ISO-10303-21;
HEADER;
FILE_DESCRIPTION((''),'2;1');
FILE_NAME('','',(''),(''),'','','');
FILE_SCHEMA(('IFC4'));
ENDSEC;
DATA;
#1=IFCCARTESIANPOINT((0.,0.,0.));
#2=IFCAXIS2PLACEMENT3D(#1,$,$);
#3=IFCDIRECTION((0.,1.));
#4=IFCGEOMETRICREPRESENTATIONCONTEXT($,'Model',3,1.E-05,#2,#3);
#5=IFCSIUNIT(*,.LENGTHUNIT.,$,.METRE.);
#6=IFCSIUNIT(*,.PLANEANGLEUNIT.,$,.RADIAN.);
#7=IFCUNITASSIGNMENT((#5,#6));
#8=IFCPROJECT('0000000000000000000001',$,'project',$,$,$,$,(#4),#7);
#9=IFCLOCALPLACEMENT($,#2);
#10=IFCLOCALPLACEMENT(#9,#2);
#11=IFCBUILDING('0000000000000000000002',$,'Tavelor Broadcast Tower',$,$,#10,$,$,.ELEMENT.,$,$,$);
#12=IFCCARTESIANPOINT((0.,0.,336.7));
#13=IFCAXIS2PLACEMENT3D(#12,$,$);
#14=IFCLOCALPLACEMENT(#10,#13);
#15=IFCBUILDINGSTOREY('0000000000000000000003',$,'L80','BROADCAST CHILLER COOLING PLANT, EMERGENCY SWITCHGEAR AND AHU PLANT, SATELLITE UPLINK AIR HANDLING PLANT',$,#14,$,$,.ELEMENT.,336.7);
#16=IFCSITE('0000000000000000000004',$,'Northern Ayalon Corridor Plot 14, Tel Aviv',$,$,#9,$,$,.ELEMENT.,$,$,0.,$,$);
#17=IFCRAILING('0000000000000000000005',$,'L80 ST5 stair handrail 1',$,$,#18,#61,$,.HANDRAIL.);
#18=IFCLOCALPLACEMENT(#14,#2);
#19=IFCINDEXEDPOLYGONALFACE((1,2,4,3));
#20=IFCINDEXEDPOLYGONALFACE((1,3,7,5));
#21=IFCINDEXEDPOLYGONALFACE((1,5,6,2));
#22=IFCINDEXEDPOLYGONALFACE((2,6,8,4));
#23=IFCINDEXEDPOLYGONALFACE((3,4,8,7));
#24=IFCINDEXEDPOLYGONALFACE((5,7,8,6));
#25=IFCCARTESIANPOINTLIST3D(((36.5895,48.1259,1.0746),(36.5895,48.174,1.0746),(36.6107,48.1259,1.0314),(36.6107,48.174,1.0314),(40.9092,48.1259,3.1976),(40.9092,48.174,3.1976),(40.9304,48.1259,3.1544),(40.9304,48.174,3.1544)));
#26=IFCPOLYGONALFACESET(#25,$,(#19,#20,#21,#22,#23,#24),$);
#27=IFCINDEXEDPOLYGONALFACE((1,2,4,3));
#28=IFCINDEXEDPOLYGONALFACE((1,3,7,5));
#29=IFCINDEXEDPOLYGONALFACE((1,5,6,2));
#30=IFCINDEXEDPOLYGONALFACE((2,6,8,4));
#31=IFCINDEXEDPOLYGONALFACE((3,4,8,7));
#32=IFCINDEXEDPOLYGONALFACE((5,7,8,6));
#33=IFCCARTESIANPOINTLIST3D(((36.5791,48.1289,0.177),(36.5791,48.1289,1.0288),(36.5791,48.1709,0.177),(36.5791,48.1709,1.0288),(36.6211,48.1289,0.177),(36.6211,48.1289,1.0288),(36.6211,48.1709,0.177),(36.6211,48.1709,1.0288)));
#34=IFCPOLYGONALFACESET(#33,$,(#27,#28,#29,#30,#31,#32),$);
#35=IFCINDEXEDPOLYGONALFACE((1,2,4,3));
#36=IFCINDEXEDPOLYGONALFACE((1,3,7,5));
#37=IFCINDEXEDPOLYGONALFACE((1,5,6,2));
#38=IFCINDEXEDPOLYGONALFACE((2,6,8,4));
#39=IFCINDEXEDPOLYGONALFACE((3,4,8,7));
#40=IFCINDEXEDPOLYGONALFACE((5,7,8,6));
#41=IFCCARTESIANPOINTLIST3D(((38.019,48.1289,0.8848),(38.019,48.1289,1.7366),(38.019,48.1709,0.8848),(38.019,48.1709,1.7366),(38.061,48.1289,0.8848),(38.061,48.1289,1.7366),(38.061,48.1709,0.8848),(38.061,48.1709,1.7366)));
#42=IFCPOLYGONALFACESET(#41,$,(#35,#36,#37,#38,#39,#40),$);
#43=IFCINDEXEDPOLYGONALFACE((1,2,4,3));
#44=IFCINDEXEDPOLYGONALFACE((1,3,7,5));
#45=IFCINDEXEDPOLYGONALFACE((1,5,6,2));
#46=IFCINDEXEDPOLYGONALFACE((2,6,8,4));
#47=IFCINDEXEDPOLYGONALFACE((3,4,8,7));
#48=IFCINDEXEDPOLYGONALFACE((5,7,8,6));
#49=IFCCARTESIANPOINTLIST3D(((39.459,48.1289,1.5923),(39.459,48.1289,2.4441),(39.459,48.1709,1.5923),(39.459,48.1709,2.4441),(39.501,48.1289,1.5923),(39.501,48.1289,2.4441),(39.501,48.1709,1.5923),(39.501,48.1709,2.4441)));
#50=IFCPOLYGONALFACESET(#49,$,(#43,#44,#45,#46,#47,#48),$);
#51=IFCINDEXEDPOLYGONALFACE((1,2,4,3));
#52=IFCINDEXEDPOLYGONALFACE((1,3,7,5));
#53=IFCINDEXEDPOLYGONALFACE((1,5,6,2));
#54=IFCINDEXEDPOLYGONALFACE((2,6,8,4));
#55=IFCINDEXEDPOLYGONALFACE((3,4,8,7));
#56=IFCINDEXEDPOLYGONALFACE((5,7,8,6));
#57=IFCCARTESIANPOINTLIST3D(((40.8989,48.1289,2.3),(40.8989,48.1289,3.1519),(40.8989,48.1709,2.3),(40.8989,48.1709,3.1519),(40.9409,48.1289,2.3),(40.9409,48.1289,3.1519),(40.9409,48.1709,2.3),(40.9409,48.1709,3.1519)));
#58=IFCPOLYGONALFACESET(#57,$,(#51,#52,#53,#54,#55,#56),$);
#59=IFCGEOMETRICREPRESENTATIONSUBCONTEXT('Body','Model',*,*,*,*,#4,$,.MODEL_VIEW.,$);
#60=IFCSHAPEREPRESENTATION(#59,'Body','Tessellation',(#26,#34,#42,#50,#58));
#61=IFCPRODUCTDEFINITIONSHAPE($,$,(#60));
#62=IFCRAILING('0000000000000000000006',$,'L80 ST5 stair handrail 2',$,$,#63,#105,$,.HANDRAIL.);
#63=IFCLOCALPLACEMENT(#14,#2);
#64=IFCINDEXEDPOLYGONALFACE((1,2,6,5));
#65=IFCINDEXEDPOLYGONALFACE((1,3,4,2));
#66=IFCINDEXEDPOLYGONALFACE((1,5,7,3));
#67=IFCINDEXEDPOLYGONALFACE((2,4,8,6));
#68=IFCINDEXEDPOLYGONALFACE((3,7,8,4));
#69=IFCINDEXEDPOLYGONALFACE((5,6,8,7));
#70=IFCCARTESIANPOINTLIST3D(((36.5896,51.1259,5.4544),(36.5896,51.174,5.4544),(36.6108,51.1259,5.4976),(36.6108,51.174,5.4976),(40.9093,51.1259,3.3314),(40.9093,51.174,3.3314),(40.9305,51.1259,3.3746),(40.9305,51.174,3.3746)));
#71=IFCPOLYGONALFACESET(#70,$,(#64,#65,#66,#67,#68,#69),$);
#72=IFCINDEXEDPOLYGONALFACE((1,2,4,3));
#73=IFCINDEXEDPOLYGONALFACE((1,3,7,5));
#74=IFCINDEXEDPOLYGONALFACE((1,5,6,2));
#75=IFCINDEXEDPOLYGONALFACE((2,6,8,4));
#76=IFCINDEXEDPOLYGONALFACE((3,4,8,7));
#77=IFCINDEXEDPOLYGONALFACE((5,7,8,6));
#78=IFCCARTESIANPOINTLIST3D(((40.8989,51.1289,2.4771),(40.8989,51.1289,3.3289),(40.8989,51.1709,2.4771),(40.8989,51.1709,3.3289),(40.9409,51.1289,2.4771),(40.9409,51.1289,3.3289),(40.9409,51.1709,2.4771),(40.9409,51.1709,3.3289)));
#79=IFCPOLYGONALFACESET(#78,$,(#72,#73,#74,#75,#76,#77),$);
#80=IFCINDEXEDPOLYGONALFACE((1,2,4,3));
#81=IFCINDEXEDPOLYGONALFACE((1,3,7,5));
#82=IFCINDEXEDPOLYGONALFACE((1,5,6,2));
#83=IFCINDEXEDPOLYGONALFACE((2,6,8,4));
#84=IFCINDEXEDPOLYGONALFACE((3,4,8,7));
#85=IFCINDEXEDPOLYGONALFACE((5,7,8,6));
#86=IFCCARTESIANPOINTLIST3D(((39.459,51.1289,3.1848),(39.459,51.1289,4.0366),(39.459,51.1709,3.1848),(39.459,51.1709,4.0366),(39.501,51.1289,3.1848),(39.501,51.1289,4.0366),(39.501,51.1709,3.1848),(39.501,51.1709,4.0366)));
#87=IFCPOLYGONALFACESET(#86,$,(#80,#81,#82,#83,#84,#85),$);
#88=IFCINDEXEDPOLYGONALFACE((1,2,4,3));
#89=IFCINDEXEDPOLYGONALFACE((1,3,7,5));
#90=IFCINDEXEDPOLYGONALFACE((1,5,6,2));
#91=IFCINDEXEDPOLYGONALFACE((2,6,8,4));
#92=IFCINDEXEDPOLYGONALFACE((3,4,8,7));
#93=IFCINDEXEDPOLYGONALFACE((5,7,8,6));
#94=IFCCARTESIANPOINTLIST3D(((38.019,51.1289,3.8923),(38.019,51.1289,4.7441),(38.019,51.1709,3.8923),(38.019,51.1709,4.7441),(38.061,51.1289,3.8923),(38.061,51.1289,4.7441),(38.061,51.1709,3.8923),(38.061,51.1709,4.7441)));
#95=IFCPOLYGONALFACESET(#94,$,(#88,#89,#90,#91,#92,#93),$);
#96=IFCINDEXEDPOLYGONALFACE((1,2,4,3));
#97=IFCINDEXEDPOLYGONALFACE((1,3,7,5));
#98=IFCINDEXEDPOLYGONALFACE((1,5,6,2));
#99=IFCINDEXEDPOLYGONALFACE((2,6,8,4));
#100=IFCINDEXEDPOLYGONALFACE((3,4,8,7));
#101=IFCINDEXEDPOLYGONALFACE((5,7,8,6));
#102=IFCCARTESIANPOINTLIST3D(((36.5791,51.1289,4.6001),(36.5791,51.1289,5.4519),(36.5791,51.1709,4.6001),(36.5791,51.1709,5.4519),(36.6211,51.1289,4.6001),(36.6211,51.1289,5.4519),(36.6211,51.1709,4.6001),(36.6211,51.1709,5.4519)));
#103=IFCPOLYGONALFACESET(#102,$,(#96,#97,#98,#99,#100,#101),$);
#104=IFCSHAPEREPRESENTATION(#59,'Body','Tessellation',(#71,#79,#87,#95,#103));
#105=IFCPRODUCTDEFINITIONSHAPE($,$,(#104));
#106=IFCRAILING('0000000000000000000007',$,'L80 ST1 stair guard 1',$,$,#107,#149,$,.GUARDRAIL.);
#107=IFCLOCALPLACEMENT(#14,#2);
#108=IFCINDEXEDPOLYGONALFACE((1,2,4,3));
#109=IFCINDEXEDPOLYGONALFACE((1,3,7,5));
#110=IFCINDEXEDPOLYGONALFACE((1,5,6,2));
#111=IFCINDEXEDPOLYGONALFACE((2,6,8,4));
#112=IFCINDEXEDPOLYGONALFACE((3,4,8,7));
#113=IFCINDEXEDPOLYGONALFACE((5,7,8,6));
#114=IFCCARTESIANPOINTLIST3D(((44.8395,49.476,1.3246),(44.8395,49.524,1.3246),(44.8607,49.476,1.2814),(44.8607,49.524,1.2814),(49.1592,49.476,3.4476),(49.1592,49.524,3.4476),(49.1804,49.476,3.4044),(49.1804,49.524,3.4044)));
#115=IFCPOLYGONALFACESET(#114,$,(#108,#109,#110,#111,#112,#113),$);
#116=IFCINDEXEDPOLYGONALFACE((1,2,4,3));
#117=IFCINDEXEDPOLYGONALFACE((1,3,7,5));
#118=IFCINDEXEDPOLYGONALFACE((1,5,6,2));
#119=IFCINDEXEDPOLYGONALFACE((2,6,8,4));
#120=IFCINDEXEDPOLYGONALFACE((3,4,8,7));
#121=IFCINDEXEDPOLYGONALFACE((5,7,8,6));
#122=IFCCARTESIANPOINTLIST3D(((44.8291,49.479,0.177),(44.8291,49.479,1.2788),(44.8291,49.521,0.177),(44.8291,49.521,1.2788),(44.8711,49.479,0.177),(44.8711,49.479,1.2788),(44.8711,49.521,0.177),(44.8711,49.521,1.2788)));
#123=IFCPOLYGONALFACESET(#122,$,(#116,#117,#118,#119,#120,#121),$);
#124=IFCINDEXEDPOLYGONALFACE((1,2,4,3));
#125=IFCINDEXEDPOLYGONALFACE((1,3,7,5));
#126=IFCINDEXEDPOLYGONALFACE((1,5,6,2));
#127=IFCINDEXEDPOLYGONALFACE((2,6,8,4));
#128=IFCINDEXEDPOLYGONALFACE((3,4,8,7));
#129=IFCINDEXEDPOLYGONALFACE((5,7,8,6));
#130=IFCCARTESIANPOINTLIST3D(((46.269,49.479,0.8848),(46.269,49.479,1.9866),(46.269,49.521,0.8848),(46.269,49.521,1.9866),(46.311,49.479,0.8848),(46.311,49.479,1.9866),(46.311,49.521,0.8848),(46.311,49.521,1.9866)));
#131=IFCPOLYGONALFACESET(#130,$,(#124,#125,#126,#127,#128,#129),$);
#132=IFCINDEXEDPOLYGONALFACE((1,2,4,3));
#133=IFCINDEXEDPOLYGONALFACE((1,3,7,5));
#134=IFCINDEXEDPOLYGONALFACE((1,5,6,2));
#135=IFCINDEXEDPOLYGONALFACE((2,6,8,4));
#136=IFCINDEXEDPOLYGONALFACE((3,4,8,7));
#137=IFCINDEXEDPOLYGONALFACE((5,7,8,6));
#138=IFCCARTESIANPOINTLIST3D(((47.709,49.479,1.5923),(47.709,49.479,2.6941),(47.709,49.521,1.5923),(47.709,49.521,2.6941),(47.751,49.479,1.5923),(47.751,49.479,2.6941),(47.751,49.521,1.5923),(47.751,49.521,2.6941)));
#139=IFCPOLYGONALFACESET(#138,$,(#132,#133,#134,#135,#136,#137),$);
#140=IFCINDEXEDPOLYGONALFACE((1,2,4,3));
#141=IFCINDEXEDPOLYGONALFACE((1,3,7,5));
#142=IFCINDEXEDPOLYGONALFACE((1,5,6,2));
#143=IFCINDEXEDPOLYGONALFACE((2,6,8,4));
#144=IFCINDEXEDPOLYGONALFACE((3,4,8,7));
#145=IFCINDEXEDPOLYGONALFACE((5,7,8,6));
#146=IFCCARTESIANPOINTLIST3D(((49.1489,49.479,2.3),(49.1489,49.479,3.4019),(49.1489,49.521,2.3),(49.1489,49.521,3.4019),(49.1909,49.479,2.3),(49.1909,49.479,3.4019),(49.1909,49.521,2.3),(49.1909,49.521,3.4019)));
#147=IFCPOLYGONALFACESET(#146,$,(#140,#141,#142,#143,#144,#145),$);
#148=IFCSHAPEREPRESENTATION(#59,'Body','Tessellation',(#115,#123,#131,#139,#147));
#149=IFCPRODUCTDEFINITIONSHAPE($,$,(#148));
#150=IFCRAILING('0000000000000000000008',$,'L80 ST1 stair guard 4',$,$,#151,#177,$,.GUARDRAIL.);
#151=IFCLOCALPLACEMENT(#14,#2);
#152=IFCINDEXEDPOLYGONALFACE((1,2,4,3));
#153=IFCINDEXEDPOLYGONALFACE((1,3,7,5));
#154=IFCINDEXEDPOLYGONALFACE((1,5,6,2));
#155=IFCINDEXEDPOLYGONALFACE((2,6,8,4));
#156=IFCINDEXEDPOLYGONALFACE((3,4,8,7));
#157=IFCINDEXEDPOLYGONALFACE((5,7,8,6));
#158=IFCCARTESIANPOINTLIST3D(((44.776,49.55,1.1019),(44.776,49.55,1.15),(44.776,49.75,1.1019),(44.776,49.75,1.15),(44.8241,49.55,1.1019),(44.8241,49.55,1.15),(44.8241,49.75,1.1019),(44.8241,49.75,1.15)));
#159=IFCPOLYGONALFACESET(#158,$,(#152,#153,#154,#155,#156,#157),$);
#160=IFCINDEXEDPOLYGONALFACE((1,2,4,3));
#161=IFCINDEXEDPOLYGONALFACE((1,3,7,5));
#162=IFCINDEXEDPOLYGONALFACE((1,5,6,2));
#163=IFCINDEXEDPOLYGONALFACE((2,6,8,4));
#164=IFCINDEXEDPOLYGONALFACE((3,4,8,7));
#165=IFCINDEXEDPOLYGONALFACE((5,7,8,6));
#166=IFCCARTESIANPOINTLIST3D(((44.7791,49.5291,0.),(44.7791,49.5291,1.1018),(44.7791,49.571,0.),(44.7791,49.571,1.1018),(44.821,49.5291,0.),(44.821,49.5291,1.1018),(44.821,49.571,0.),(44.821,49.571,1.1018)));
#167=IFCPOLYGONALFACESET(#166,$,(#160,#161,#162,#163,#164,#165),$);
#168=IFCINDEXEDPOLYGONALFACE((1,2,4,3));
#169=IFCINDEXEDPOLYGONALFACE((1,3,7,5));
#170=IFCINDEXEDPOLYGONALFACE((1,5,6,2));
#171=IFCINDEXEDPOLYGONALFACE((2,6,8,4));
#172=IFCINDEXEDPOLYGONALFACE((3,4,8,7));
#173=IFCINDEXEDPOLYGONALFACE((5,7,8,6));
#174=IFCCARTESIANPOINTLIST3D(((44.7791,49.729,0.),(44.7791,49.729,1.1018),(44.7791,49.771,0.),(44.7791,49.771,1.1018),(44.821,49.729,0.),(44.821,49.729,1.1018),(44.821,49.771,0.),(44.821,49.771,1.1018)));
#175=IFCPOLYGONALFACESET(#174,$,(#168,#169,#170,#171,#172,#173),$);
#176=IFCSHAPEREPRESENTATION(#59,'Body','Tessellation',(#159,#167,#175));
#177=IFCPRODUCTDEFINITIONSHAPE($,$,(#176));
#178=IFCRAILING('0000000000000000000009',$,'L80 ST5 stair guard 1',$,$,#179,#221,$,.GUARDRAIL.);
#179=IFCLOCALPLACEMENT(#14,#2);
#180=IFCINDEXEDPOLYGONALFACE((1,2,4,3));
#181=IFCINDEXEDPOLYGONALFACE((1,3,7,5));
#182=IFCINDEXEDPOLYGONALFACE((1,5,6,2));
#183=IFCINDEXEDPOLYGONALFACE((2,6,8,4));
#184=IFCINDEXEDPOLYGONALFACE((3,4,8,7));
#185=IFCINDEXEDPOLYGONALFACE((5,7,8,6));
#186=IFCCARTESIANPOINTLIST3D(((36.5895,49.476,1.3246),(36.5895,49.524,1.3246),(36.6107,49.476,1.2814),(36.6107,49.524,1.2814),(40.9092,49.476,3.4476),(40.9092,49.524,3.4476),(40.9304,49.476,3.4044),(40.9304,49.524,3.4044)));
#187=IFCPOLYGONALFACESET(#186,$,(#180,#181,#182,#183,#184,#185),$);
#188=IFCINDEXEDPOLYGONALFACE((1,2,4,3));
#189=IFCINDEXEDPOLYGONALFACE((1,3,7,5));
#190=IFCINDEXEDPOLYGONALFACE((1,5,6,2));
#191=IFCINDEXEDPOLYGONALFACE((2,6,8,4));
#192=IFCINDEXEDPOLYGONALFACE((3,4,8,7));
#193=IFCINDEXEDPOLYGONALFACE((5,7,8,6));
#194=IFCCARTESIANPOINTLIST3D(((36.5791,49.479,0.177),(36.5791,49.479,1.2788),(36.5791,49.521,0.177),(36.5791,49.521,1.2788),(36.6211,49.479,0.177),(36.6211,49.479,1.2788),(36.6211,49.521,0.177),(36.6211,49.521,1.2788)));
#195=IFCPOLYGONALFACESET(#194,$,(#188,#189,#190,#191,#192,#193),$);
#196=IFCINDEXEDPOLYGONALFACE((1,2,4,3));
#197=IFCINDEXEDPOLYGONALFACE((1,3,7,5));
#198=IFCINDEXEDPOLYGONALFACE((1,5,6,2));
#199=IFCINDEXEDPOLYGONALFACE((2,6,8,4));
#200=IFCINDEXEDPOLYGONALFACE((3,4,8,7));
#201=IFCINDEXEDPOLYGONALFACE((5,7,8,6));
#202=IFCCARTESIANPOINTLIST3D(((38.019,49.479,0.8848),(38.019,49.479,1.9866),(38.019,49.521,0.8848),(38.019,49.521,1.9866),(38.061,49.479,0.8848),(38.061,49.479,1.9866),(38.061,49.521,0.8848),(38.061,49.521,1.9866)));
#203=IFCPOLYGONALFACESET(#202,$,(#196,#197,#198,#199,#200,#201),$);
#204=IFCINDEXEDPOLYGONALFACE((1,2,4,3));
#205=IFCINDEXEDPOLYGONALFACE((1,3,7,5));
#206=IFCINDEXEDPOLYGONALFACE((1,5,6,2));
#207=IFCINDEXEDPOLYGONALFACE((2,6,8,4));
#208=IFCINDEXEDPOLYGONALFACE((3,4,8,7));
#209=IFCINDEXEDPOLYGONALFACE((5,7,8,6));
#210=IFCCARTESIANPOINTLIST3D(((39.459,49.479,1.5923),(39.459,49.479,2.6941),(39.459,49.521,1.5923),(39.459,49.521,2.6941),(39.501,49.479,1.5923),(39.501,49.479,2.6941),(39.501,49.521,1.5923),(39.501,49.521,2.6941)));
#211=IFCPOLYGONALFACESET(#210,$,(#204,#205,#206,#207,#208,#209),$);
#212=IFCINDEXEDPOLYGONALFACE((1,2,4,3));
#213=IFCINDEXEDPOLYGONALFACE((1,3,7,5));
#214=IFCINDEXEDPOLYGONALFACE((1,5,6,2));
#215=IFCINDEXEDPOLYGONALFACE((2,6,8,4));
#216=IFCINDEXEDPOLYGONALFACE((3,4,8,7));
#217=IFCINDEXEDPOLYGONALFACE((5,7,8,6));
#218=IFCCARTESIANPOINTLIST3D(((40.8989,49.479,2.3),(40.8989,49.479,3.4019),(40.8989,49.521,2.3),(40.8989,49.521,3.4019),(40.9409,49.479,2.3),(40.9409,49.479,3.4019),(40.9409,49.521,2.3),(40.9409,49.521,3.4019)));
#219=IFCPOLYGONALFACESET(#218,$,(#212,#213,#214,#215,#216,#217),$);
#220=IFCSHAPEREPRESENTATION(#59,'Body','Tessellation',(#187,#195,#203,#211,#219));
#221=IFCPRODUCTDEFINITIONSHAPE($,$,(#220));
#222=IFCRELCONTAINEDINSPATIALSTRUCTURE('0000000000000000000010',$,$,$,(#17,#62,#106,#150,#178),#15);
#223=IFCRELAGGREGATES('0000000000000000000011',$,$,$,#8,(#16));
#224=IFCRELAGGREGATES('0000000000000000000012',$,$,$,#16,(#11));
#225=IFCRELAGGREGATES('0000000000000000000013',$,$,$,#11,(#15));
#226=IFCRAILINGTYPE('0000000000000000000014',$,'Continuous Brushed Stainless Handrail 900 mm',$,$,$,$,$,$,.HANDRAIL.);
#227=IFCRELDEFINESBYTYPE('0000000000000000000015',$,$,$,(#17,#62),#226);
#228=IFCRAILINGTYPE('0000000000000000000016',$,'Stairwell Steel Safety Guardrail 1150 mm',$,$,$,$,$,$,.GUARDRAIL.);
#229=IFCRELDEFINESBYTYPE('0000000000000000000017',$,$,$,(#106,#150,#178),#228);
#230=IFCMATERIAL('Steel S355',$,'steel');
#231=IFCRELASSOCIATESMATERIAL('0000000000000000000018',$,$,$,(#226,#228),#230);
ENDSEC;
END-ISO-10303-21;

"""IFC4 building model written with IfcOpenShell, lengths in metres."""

from ifc_helpers import new_model, si_unit, direction, frame, origin, origin_2d, place, context, subcontext, project, spatial, rectangle, extrude, material, type_object, element, save


model = new_model("IFC4")

# Units and contexts
model_context = context("Model", 3, precision=1e-05, world=origin(), true_north=direction((0.0, 1.0)))
body_context = subcontext(model_context, "Body", "Model", "MODEL_VIEW")
ifc_project = project(units=[si_unit("LENGTHUNIT", "METRE"), si_unit("PLANEANGLEUNIT", "RADIAN")], contexts=[model_context])

# Site, building, storey
site_placement = place(None, origin())
site = spatial("IfcSite", under=ifc_project, at=site_placement, Name="Northern Ayalon Corridor Plot 14, Tel Aviv", CompositionType="ELEMENT", RefElevation=0.0)
building_placement = place(site_placement, origin())
building = spatial("IfcBuilding", under=site, at=building_placement, Name="Tavelor Broadcast Tower", CompositionType="ELEMENT")
storey_placement = place(building_placement, frame((0.0, 0.0, 336.7)))
storey = spatial("IfcBuildingStorey", under=building, at=storey_placement, Name="L80", Description="BROADCAST CHILLER COOLING PLANT, EMERGENCY SWITCHGEAR AND AHU PLANT, SATELLITE UPLINK AIR HANDLING PLANT", CompositionType="ELEMENT", Elevation=336.7)

# Shared definitions
ifc_material_1 = material(Name="Steel S355", Category="steel")

# Railings
railing_type_1 = type_object("IfcRailingType", Name="Continuous Brushed Stainless Handrail 900 mm", PredefinedType="HANDRAIL", material=ifc_material_1)
for number, where, name in (
    (1, (36.6001, 48.1499, 0.177), "L80 ST5 stair handrail 1"),
):
    element("IfcRailing", number, at=place(storey_placement, frame(where)), inside=storey, type_object=railing_type_1, Name=name, PredefinedType="HANDRAIL", context=body_context, shape_type="SweptSolid", body=[
        extrude(rectangle(XDim=0.0481, YDim=0.0481, at=origin_2d()), frame((0.0, 0.0, 0.876), z_axis=(0.89747, 0.0, 0.441076), x_axis=(0.0, 1.0, 0.0)), (0.0, 0.0, 1.0), 4.8132),
        extrude(rectangle(XDim=0.042, YDim=0.042, at=origin_2d()), origin(), (0.0, 0.0, 1.0), 0.8518),
        extrude(rectangle(XDim=0.042, YDim=0.042, at=origin_2d()), frame((1.4399, 0.0, 0.7078)), (0.0, 0.0, 1.0), 0.8518),
        extrude(rectangle(XDim=0.042, YDim=0.042, at=origin_2d()), frame((2.8799, 0.0, 1.4153)), (0.0, 0.0, 1.0), 0.8518),
        extrude(rectangle(XDim=0.042, YDim=0.042, at=origin_2d()), frame((4.3198, 0.0, 2.123)), (0.0, 0.0, 1.0), 0.8518),
    ])
railing_1_placement = place(storey_placement, frame((40.9199, 51.1499, 2.4771)))
element("IfcRailing", 2, at=railing_1_placement, inside=storey, type_object=railing_type_1, Name="L80 ST5 stair handrail 2", PredefinedType="HANDRAIL", context=body_context, shape_type="SweptSolid", body=[
    extrude(rectangle(XDim=0.0481, YDim=0.0481, at=origin_2d()), frame((0.0, 0.0, 0.876), z_axis=(-0.89747, 0.0, 0.441076), x_axis=(0.0, -1.0, 0.0)), (0.0, 0.0, 1.0), 4.8132),
    extrude(rectangle(XDim=0.042, YDim=0.042, at=origin_2d()), origin(), (0.0, 0.0, 1.0), 0.8518),
    extrude(rectangle(XDim=0.042, YDim=0.042, at=origin_2d()), frame((-1.4399, 0.0, 0.7078)), (0.0, 0.0, 1.0), 0.8518),
    extrude(rectangle(XDim=0.042, YDim=0.042, at=origin_2d()), frame((-2.8799, 0.0, 1.4153)), (0.0, 0.0, 1.0), 0.8518),
    extrude(rectangle(XDim=0.042, YDim=0.042, at=origin_2d()), frame((-4.3198, 0.0, 2.123)), (0.0, 0.0, 1.0), 0.8518),
])
railing_type_2 = type_object("IfcRailingType", Name="Stairwell Steel Safety Guardrail 1150 mm", PredefinedType="GUARDRAIL", material=ifc_material_1)
railing_2_placement = place(storey_placement, frame((44.8501, 49.5, 0.177)))
element("IfcRailing", 3, at=railing_2_placement, inside=storey, type_object=railing_type_2, Name="L80 ST1 stair guard 1", PredefinedType="GUARDRAIL", context=body_context, shape_type="SweptSolid", body=[
    extrude(rectangle(XDim=0.0481, YDim=0.0481, at=origin_2d()), frame((0.0, 0.0, 1.126), z_axis=(0.89747, 0.0, 0.441076), x_axis=(0.0, 1.0, 0.0)), (0.0, 0.0, 1.0), 4.8132),
    extrude(rectangle(XDim=0.042, YDim=0.042, at=origin_2d()), origin(), (0.0, 0.0, 1.0), 1.1018),
    extrude(rectangle(XDim=0.042, YDim=0.042, at=origin_2d()), frame((1.4399, 0.0, 0.7078)), (0.0, 0.0, 1.0), 1.1018),
    extrude(rectangle(XDim=0.042, YDim=0.042, at=origin_2d()), frame((2.8799, 0.0, 1.4153)), (0.0, 0.0, 1.0), 1.1018),
    extrude(rectangle(XDim=0.042, YDim=0.042, at=origin_2d()), frame((4.3198, 0.0, 2.123)), (0.0, 0.0, 1.0), 1.1018),
])
railing_3_placement = place(storey_placement, frame((44.8, 49.55, 0.0)))
element("IfcRailing", 4, at=railing_3_placement, inside=storey, type_object=railing_type_2, Name="L80 ST1 stair guard 4", PredefinedType="GUARDRAIL", context=body_context, shape_type="SweptSolid", body=[
    extrude(rectangle(XDim=0.0481, YDim=0.0481, at=origin_2d()), frame((0.0, 0.0, 1.126), z_axis=(0.0, 1.0, 0.0), x_axis=(-1.0, 0.0, 0.0)), (0.0, 0.0, 1.0), 0.2),
    extrude(rectangle(XDim=0.042, YDim=0.042, at=origin_2d()), origin(), (0.0, 0.0, 1.0), 1.1018),
    extrude(rectangle(XDim=0.042, YDim=0.042, at=origin_2d()), frame((0.0, 0.2, 0.0)), (0.0, 0.0, 1.0), 1.1018),
])
railing_4_placement = place(storey_placement, frame((36.6001, 49.5, 0.177)))
element("IfcRailing", 5, at=railing_4_placement, inside=storey, type_object=railing_type_2, Name="L80 ST5 stair guard 1", PredefinedType="GUARDRAIL", context=body_context, shape_type="SweptSolid", body=[
    extrude(rectangle(XDim=0.0481, YDim=0.0481, at=origin_2d()), frame((0.0, 0.0, 1.126), z_axis=(0.89747, 0.0, 0.441076), x_axis=(0.0, 1.0, 0.0)), (0.0, 0.0, 1.0), 4.8132),
    extrude(rectangle(XDim=0.042, YDim=0.042, at=origin_2d()), origin(), (0.0, 0.0, 1.0), 1.1018),
    extrude(rectangle(XDim=0.042, YDim=0.042, at=origin_2d()), frame((1.4399, 0.0, 0.7078)), (0.0, 0.0, 1.0), 1.1018),
    extrude(rectangle(XDim=0.042, YDim=0.042, at=origin_2d()), frame((2.8799, 0.0, 1.4153)), (0.0, 0.0, 1.0), 1.1018),
    extrude(rectangle(XDim=0.042, YDim=0.042, at=origin_2d()), frame((4.3198, 0.0, 2.123)), (0.0, 0.0, 1.0), 1.1018),
])

save(model, "model.ifc")
